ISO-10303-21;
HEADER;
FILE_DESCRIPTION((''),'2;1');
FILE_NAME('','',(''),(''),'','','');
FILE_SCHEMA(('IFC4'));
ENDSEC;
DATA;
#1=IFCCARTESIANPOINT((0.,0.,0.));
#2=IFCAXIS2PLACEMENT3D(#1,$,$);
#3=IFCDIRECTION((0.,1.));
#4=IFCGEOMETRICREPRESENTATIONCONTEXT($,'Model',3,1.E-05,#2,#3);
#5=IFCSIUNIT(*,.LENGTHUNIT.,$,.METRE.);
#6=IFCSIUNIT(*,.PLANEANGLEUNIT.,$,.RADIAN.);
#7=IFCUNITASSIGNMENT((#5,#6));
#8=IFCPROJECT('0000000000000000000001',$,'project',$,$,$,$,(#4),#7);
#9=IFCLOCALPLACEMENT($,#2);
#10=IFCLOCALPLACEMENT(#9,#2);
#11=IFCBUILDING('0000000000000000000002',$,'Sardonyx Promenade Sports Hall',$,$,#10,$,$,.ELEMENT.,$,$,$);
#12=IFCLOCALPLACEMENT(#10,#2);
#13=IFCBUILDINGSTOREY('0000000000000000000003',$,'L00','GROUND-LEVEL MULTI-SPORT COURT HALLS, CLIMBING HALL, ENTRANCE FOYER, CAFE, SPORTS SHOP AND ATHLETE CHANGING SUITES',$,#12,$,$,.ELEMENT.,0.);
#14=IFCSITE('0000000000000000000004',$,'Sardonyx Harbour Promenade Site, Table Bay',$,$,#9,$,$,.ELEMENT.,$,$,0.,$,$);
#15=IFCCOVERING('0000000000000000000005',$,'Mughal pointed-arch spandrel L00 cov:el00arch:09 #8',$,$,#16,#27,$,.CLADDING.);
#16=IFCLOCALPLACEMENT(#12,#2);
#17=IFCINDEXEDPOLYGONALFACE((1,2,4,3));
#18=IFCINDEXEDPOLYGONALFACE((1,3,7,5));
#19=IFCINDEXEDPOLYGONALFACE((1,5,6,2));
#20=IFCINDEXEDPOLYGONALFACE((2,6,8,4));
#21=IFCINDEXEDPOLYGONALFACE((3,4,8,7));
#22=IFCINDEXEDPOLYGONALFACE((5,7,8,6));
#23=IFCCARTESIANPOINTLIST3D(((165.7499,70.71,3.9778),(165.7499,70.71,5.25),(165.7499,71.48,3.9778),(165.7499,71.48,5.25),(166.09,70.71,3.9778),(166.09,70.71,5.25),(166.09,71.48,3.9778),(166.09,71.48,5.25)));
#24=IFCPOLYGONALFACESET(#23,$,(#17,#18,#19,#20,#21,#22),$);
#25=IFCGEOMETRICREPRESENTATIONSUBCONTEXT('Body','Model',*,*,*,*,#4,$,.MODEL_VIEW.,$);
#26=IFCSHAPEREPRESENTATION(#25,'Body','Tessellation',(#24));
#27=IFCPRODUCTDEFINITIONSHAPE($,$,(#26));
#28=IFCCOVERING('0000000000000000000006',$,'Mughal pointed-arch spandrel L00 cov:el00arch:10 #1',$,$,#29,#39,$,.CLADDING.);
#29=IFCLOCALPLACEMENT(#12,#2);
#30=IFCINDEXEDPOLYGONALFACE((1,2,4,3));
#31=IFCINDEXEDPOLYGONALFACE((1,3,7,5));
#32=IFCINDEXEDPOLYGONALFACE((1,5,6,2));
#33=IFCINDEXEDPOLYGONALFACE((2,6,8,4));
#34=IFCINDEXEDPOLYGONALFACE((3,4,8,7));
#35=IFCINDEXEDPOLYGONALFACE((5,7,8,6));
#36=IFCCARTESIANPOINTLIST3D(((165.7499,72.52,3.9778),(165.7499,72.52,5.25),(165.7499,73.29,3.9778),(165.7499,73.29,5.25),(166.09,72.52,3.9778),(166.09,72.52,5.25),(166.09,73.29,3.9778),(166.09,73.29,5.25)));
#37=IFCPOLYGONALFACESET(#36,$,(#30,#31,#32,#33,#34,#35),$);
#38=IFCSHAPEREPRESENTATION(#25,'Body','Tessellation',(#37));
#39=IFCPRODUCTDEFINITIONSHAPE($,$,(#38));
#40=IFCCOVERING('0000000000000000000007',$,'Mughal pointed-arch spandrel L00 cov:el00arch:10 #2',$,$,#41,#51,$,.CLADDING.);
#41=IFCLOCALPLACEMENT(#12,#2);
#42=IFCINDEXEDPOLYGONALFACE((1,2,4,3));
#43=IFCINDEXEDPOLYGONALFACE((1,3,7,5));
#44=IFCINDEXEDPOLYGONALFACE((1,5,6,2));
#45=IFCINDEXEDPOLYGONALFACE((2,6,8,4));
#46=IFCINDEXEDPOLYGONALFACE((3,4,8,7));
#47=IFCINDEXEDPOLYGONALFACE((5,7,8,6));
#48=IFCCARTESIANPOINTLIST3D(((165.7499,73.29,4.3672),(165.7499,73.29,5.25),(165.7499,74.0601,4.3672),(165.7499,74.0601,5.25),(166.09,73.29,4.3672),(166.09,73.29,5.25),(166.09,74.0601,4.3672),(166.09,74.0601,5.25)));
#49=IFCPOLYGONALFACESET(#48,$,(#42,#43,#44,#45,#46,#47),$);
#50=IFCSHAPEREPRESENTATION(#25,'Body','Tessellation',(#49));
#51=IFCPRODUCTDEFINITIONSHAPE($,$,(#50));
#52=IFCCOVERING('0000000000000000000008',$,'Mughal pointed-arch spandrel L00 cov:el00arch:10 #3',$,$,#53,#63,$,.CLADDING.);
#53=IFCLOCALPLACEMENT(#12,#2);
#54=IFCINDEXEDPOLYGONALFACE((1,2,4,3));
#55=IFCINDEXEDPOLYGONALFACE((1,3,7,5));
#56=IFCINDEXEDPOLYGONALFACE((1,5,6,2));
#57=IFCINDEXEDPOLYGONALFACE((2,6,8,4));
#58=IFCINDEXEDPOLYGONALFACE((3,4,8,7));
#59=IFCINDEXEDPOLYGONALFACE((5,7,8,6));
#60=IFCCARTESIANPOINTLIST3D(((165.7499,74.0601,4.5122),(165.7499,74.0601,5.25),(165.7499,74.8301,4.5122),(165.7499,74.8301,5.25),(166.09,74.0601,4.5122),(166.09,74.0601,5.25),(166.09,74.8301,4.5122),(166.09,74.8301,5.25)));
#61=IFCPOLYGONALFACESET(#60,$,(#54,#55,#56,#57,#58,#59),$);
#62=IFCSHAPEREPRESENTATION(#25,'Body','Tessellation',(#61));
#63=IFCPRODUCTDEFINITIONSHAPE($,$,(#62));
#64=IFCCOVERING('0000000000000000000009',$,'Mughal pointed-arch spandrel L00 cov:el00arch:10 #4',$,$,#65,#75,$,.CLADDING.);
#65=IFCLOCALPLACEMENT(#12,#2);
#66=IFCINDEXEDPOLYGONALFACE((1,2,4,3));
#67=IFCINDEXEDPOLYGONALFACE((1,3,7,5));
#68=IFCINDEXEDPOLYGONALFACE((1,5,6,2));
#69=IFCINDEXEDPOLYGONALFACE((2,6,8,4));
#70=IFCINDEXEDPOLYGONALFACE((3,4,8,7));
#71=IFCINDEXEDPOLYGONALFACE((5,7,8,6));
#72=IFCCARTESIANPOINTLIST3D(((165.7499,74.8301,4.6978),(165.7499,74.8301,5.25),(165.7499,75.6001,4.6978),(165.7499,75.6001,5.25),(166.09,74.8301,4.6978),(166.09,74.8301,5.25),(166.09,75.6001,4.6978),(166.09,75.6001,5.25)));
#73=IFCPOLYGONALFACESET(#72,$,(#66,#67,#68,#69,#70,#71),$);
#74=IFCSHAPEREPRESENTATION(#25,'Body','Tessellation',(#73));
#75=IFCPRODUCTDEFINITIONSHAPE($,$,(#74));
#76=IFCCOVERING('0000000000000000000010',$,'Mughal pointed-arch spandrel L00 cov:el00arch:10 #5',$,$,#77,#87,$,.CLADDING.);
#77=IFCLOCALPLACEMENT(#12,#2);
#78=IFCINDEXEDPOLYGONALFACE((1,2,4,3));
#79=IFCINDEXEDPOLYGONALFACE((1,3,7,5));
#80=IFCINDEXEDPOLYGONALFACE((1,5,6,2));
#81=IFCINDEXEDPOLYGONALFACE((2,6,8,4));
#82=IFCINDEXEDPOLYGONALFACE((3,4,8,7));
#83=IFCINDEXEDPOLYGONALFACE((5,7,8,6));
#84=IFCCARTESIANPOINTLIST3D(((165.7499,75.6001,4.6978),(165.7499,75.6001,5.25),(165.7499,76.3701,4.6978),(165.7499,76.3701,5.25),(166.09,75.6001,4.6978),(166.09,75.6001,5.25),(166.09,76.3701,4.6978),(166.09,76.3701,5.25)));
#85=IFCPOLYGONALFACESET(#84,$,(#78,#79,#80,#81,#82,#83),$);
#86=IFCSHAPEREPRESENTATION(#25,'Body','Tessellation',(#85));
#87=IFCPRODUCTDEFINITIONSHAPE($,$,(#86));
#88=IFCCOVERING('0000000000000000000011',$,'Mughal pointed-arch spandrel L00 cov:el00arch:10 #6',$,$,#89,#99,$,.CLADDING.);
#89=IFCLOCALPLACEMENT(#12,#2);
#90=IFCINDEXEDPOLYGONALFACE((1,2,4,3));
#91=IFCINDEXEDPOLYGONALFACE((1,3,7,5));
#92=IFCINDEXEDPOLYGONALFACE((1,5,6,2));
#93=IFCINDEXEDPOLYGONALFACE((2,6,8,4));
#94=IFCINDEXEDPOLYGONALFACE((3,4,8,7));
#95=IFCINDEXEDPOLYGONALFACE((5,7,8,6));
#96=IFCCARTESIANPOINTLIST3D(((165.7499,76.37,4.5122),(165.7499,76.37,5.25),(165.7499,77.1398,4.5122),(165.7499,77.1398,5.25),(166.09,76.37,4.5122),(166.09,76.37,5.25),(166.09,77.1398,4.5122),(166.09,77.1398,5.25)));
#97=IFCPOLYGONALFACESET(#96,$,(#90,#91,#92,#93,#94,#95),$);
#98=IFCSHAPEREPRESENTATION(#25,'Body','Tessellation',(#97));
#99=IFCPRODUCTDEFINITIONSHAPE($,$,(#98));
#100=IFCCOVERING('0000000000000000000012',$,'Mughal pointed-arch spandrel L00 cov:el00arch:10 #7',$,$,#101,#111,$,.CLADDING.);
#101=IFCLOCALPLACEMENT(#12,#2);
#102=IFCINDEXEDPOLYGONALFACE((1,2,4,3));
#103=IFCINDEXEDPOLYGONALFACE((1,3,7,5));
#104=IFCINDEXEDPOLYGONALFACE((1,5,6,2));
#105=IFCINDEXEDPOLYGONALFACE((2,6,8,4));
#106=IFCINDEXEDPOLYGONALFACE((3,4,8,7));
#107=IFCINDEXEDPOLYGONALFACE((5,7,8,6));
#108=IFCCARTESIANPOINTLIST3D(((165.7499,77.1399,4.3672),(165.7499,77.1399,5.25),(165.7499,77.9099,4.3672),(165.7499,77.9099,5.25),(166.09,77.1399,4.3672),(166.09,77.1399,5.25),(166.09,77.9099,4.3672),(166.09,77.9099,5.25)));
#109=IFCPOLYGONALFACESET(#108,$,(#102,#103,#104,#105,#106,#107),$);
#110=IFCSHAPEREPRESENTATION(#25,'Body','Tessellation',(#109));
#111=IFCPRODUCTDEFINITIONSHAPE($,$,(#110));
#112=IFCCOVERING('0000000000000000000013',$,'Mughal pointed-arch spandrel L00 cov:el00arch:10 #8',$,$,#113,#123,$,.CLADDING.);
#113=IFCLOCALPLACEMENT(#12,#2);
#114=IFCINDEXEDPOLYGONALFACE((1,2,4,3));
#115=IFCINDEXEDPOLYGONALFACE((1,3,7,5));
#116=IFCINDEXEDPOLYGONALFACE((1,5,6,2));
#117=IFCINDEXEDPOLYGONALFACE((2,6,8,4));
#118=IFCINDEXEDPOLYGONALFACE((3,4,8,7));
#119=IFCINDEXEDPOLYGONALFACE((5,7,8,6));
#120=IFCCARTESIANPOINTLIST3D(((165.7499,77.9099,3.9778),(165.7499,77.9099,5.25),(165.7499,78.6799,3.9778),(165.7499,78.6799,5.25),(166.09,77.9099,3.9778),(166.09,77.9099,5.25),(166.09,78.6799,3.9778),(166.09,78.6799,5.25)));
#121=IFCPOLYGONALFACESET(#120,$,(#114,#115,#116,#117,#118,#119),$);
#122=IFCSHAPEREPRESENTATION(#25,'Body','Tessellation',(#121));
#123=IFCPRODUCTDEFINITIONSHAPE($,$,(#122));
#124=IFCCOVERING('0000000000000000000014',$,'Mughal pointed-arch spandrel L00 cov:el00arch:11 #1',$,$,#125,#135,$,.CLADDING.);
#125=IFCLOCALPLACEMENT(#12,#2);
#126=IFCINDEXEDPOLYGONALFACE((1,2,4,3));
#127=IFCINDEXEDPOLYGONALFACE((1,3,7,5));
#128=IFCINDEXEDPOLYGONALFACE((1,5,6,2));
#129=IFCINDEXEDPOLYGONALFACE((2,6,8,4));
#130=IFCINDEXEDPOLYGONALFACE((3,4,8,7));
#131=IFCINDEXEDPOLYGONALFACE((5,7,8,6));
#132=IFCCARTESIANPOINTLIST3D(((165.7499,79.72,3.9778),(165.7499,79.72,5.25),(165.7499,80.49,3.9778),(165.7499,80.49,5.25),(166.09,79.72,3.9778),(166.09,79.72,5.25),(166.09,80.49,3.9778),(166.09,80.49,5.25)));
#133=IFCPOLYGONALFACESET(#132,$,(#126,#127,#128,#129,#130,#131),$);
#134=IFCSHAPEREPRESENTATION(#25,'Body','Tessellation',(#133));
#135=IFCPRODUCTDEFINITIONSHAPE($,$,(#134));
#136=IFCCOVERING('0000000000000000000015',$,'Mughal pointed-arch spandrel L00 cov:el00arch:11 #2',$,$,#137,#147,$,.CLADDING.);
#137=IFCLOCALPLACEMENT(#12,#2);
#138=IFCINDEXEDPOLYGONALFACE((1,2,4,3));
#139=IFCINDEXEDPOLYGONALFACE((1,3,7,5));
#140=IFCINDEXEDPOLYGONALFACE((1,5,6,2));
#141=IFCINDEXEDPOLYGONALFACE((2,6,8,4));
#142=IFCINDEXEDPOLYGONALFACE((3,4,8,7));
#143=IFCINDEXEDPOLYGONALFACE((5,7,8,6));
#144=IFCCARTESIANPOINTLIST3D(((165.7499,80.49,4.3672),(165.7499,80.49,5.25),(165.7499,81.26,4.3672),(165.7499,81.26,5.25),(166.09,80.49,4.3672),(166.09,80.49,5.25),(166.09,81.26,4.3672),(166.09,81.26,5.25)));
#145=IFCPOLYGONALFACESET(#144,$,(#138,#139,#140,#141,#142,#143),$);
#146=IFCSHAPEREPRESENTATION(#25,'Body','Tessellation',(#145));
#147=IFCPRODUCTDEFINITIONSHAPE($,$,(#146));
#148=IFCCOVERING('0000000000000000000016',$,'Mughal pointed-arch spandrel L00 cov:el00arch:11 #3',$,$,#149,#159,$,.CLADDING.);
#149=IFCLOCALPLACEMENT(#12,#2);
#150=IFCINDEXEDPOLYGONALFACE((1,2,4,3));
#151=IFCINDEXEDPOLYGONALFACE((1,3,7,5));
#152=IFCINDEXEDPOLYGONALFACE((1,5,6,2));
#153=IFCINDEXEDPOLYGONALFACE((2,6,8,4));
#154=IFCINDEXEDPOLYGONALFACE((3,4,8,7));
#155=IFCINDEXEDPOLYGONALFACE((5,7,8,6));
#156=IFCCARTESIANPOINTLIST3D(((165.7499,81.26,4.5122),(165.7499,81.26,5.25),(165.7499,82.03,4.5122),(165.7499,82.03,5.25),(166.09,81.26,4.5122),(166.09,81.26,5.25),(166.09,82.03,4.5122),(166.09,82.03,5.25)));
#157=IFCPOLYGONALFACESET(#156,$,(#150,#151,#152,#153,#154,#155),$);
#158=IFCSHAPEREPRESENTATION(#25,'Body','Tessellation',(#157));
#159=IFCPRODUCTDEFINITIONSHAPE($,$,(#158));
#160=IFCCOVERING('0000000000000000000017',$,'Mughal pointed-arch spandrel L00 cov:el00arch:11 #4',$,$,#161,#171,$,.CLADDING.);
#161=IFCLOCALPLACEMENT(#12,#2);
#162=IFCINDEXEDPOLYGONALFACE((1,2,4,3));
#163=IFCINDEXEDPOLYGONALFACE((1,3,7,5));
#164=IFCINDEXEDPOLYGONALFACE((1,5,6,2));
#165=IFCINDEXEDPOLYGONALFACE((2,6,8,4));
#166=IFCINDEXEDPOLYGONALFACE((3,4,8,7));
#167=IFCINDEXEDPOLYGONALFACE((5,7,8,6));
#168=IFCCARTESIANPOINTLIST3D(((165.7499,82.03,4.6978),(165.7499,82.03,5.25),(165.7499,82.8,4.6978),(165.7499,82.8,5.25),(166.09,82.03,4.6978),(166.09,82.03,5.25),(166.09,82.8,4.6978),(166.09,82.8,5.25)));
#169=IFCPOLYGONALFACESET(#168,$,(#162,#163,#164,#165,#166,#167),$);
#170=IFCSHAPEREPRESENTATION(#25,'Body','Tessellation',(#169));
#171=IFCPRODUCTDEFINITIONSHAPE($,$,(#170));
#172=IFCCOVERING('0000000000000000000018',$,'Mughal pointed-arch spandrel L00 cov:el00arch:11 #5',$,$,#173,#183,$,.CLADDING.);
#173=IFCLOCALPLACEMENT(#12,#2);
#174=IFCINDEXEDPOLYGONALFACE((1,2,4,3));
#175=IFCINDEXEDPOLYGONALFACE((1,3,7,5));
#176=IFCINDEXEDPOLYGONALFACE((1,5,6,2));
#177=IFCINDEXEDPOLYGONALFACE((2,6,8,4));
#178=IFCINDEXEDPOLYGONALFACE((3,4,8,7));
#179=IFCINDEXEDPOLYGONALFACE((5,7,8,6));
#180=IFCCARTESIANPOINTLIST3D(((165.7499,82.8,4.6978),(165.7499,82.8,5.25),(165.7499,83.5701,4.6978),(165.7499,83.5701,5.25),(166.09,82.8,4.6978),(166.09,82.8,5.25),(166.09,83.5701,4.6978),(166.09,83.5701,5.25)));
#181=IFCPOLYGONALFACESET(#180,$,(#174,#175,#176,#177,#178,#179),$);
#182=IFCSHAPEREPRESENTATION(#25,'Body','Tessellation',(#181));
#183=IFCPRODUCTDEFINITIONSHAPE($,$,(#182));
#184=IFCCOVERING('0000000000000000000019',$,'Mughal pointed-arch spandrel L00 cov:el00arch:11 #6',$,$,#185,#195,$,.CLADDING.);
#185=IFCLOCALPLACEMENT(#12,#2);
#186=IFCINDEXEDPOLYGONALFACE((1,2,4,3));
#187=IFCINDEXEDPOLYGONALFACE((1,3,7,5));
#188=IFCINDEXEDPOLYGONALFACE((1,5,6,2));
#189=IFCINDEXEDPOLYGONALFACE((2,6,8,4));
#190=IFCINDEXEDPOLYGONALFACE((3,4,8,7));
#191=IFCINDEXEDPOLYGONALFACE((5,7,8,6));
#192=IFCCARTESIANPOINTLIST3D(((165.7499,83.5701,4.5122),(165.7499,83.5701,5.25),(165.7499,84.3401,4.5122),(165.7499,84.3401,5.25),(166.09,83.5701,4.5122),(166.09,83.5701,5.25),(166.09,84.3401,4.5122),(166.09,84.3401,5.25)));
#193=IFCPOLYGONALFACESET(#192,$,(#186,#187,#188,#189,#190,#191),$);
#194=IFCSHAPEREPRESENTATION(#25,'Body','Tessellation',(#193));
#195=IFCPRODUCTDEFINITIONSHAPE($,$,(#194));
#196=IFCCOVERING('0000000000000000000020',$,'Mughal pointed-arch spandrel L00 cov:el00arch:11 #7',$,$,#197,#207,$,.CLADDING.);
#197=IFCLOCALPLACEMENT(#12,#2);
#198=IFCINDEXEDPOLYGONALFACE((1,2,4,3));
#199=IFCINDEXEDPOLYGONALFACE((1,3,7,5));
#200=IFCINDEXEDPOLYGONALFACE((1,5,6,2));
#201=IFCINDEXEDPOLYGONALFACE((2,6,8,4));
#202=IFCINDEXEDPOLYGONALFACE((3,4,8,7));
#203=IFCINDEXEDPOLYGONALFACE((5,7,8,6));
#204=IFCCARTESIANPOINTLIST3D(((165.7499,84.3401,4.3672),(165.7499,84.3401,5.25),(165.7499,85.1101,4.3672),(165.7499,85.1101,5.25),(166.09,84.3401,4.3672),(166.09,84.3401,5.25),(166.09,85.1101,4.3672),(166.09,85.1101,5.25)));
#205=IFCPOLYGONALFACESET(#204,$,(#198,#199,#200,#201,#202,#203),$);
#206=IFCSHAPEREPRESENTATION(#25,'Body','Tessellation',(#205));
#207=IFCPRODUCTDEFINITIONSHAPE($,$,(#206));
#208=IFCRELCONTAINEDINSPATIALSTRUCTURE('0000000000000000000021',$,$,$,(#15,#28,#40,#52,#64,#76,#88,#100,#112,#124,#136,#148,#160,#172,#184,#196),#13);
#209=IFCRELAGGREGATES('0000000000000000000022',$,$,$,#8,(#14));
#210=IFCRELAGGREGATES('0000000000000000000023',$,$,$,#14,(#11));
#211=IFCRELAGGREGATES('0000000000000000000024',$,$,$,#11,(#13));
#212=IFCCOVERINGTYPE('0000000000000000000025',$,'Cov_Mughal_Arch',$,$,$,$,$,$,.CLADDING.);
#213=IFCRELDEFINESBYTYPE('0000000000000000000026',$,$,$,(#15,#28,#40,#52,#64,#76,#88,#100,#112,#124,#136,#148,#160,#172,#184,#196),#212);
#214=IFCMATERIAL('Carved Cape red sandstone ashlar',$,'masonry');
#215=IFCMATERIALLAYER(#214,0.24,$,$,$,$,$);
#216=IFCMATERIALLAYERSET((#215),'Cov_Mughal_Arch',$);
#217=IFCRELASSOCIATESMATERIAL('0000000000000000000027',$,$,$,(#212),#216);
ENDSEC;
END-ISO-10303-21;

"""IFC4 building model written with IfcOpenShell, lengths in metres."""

from ifc_helpers import new_model, si_unit, direction, frame, frame_2d, origin, place, context, subcontext, project, spatial, rectangle, extrude, material, layer, layer_set, type_object, element, save


model = new_model("IFC4")

# Units and contexts
model_context = context("Model", 3, precision=1e-05, world=origin(), true_north=direction((0.0, 1.0)))
body_context = subcontext(model_context, "Body", "Model", "MODEL_VIEW")
ifc_project = project(units=[si_unit("LENGTHUNIT", "METRE"), si_unit("PLANEANGLEUNIT", "RADIAN")], contexts=[model_context])

# Site, building, storey
site_placement = place(None, origin())
site = spatial("IfcSite", under=ifc_project, at=site_placement, Name="Sardonyx Harbour Promenade Site, Table Bay", CompositionType="ELEMENT", RefElevation=0.0)
building_placement = place(site_placement, origin())
building = spatial("IfcBuilding", under=site, at=building_placement, Name="Sardonyx Promenade Sports Hall", CompositionType="ELEMENT")
storey_placement = place(building_placement, origin())
storey = spatial("IfcBuildingStorey", under=building, at=storey_placement, Name="L00", Description="GROUND-LEVEL MULTI-SPORT COURT HALLS, CLIMBING HALL, ENTRANCE FOYER, CAFE, SPORTS SHOP AND ATHLETE CHANGING SUITES", CompositionType="ELEMENT", Elevation=0.0)

# Coverings
ifc_material_1 = material(Name="Carved Cape red sandstone ashlar", Category="masonry")
ifc_layer_1 = layer(ifc_material_1, 0.24)
ifc_layer_set_1 = layer_set([ifc_layer_1], Name="Cov_Mughal_Arch")
covering_type_1 = type_object("IfcCoveringType", Name="Cov_Mughal_Arch", PredefinedType="CLADDING", material=ifc_layer_set_1)
for number, where, z_axis, x_axis, name in (
    (1, (165.9199, 70.71, 3.9778), (0.0, 0.0, 1.0), (0.0, 1.0, 0.0), "Mughal pointed-arch spandrel L00 cov:el00arch:09 #8"),
    (2, (165.9199, 72.52, 3.9778), (0.0, 0.0, 1.0), (0.0, 1.0, 0.0), "Mughal pointed-arch spandrel L00 cov:el00arch:10 #1"),
):
    element("IfcCovering", number, at=place(storey_placement, frame(where, z_axis=z_axis, x_axis=x_axis)), inside=storey, type_object=covering_type_1, Name=name, PredefinedType="CLADDING", context=body_context, shape_type="SweptSolid", body=[
        extrude(rectangle(XDim=0.77, YDim=0.3401, at=frame_2d((0.385, 0.0))), origin(), (0.0, 0.0, 1.0), 1.2722),
    ])
covering_1_placement = place(storey_placement, frame((165.9199, 73.29, 4.3672), z_axis=(0.0, 0.0, 1.0), x_axis=(0.0, 1.0, 0.0)))
element("IfcCovering", 3, at=covering_1_placement, inside=storey, type_object=covering_type_1, Name="Mughal pointed-arch spandrel L00 cov:el00arch:10 #2", PredefinedType="CLADDING", context=body_context, shape_type="SweptSolid", body=[
    extrude(rectangle(XDim=0.77, YDim=0.3401, at=frame_2d((0.385, 0.0))), origin(), (0.0, 0.0, 1.0), 0.8828),
])
covering_2_placement = place(storey_placement, frame((165.9199, 74.0601, 4.5122), z_axis=(0.0, 0.0, 1.0), x_axis=(0.0, 1.0, 0.0)))
element("IfcCovering", 4, at=covering_2_placement, inside=storey, type_object=covering_type_1, Name="Mughal pointed-arch spandrel L00 cov:el00arch:10 #3", PredefinedType="CLADDING", context=body_context, shape_type="SweptSolid", body=[
    extrude(rectangle(XDim=0.77, YDim=0.3401, at=frame_2d((0.385, 0.0))), origin(), (0.0, 0.0, 1.0), 0.7378),
])
for number, where, z_axis, x_axis, name in (
    (5, (165.9199, 74.8301, 4.6978), (0.0, 0.0, 1.0), (0.0, 1.0, 0.0), "Mughal pointed-arch spandrel L00 cov:el00arch:10 #4"),
    (6, (165.9199, 75.6001, 4.6978), (0.0, 0.0, 1.0), (0.0, 1.0, 0.0), "Mughal pointed-arch spandrel L00 cov:el00arch:10 #5"),
):
    element("IfcCovering", number, at=place(storey_placement, frame(where, z_axis=z_axis, x_axis=x_axis)), inside=storey, type_object=covering_type_1, Name=name, PredefinedType="CLADDING", context=body_context, shape_type="SweptSolid", body=[
        extrude(rectangle(XDim=0.77, YDim=0.3401, at=frame_2d((0.385, 0.0))), origin(), (0.0, 0.0, 1.0), 0.5522),
    ])
covering_3_placement = place(storey_placement, frame((165.9199, 76.3701, 4.5122), z_axis=(0.0, 0.0, 1.0), x_axis=(0.0, 1.0, 0.0)))
element("IfcCovering", 7, at=covering_3_placement, inside=storey, type_object=covering_type_1, Name="Mughal pointed-arch spandrel L00 cov:el00arch:10 #6", PredefinedType="CLADDING", context=body_context, shape_type="SweptSolid", body=[
    extrude(rectangle(XDim=0.7698, YDim=0.3401, at=frame_2d((0.3848, 0.0))), origin(), (0.0, 0.0, 1.0), 0.7378),
])
covering_4_placement = place(storey_placement, frame((165.9199, 77.1399, 4.3672), z_axis=(0.0, 0.0, 1.0), x_axis=(0.0, 1.0, 0.0)))
element("IfcCovering", 8, at=covering_4_placement, inside=storey, type_object=covering_type_1, Name="Mughal pointed-arch spandrel L00 cov:el00arch:10 #7", PredefinedType="CLADDING", context=body_context, shape_type="SweptSolid", body=[
    extrude(rectangle(XDim=0.77, YDim=0.3401, at=frame_2d((0.385, 0.0))), origin(), (0.0, 0.0, 1.0), 0.8828),
])
for number, where, z_axis, x_axis, name in (
    (9, (165.9199, 77.9099, 3.9778), (0.0, 0.0, 1.0), (0.0, 1.0, 0.0), "Mughal pointed-arch spandrel L00 cov:el00arch:10 #8"),
    (10, (165.9199, 79.72, 3.9778), (0.0, 0.0, 1.0), (0.0, 1.0, 0.0), "Mughal pointed-arch spandrel L00 cov:el00arch:11 #1"),
):
    element("IfcCovering", number, at=place(storey_placement, frame(where, z_axis=z_axis, x_axis=x_axis)), inside=storey, type_object=covering_type_1, Name=name, PredefinedType="CLADDING", context=body_context, shape_type="SweptSolid", body=[
        extrude(rectangle(XDim=0.77, YDim=0.3401, at=frame_2d((0.385, 0.0))), origin(), (0.0, 0.0, 1.0), 1.2722),
    ])
covering_5_placement = place(storey_placement, frame((165.9199, 80.49, 4.3672), z_axis=(0.0, 0.0, 1.0), x_axis=(0.0, 1.0, 0.0)))
element("IfcCovering", 11, at=covering_5_placement, inside=storey, type_object=covering_type_1, Name="Mughal pointed-arch spandrel L00 cov:el00arch:11 #2", PredefinedType="CLADDING", context=body_context, shape_type="SweptSolid", body=[
    extrude(rectangle(XDim=0.77, YDim=0.3401, at=frame_2d((0.385, 0.0))), origin(), (0.0, 0.0, 1.0), 0.8828),
])
covering_6_placement = place(storey_placement, frame((165.9199, 81.26, 4.5122), z_axis=(0.0, 0.0, 1.0), x_axis=(0.0, 1.0, 0.0)))
element("IfcCovering", 12, at=covering_6_placement, inside=storey, type_object=covering_type_1, Name="Mughal pointed-arch spandrel L00 cov:el00arch:11 #3", PredefinedType="CLADDING", context=body_context, shape_type="SweptSolid", body=[
    extrude(rectangle(XDim=0.77, YDim=0.3401, at=frame_2d((0.385, 0.0))), origin(), (0.0, 0.0, 1.0), 0.7378),
])
for number, where, z_axis, x_axis, name in (
    (13, (165.9199, 82.03, 4.6978), (0.0, 0.0, 1.0), (0.0, 1.0, 0.0), "Mughal pointed-arch spandrel L00 cov:el00arch:11 #4"),
    (14, (165.9199, 82.8, 4.6978), (0.0, 0.0, 1.0), (0.0, 1.0, 0.0), "Mughal pointed-arch spandrel L00 cov:el00arch:11 #5"),
):
    element("IfcCovering", number, at=place(storey_placement, frame(where, z_axis=z_axis, x_axis=x_axis)), inside=storey, type_object=covering_type_1, Name=name, PredefinedType="CLADDING", context=body_context, shape_type="SweptSolid", body=[
        extrude(rectangle(XDim=0.77, YDim=0.3401, at=frame_2d((0.385, 0.0))), origin(), (0.0, 0.0, 1.0), 0.5522),
    ])
covering_7_placement = place(storey_placement, frame((165.9199, 83.5701, 4.5122), z_axis=(0.0, 0.0, 1.0), x_axis=(0.0, 1.0, 0.0)))
element("IfcCovering", 15, at=covering_7_placement, inside=storey, type_object=covering_type_1, Name="Mughal pointed-arch spandrel L00 cov:el00arch:11 #6", PredefinedType="CLADDING", context=body_context, shape_type="SweptSolid", body=[
    extrude(rectangle(XDim=0.77, YDim=0.3401, at=frame_2d((0.385, 0.0))), origin(), (0.0, 0.0, 1.0), 0.7378),
])
covering_8_placement = place(storey_placement, frame((165.9199, 84.3401, 4.3672), z_axis=(0.0, 0.0, 1.0), x_axis=(0.0, 1.0, 0.0)))
element("IfcCovering", 16, at=covering_8_placement, inside=storey, type_object=covering_type_1, Name="Mughal pointed-arch spandrel L00 cov:el00arch:11 #7", PredefinedType="CLADDING", context=body_context, shape_type="SweptSolid", body=[
    extrude(rectangle(XDim=0.77, YDim=0.3401, at=frame_2d((0.385, 0.0))), origin(), (0.0, 0.0, 1.0), 0.8828),
])

save(model, "model.ifc")
